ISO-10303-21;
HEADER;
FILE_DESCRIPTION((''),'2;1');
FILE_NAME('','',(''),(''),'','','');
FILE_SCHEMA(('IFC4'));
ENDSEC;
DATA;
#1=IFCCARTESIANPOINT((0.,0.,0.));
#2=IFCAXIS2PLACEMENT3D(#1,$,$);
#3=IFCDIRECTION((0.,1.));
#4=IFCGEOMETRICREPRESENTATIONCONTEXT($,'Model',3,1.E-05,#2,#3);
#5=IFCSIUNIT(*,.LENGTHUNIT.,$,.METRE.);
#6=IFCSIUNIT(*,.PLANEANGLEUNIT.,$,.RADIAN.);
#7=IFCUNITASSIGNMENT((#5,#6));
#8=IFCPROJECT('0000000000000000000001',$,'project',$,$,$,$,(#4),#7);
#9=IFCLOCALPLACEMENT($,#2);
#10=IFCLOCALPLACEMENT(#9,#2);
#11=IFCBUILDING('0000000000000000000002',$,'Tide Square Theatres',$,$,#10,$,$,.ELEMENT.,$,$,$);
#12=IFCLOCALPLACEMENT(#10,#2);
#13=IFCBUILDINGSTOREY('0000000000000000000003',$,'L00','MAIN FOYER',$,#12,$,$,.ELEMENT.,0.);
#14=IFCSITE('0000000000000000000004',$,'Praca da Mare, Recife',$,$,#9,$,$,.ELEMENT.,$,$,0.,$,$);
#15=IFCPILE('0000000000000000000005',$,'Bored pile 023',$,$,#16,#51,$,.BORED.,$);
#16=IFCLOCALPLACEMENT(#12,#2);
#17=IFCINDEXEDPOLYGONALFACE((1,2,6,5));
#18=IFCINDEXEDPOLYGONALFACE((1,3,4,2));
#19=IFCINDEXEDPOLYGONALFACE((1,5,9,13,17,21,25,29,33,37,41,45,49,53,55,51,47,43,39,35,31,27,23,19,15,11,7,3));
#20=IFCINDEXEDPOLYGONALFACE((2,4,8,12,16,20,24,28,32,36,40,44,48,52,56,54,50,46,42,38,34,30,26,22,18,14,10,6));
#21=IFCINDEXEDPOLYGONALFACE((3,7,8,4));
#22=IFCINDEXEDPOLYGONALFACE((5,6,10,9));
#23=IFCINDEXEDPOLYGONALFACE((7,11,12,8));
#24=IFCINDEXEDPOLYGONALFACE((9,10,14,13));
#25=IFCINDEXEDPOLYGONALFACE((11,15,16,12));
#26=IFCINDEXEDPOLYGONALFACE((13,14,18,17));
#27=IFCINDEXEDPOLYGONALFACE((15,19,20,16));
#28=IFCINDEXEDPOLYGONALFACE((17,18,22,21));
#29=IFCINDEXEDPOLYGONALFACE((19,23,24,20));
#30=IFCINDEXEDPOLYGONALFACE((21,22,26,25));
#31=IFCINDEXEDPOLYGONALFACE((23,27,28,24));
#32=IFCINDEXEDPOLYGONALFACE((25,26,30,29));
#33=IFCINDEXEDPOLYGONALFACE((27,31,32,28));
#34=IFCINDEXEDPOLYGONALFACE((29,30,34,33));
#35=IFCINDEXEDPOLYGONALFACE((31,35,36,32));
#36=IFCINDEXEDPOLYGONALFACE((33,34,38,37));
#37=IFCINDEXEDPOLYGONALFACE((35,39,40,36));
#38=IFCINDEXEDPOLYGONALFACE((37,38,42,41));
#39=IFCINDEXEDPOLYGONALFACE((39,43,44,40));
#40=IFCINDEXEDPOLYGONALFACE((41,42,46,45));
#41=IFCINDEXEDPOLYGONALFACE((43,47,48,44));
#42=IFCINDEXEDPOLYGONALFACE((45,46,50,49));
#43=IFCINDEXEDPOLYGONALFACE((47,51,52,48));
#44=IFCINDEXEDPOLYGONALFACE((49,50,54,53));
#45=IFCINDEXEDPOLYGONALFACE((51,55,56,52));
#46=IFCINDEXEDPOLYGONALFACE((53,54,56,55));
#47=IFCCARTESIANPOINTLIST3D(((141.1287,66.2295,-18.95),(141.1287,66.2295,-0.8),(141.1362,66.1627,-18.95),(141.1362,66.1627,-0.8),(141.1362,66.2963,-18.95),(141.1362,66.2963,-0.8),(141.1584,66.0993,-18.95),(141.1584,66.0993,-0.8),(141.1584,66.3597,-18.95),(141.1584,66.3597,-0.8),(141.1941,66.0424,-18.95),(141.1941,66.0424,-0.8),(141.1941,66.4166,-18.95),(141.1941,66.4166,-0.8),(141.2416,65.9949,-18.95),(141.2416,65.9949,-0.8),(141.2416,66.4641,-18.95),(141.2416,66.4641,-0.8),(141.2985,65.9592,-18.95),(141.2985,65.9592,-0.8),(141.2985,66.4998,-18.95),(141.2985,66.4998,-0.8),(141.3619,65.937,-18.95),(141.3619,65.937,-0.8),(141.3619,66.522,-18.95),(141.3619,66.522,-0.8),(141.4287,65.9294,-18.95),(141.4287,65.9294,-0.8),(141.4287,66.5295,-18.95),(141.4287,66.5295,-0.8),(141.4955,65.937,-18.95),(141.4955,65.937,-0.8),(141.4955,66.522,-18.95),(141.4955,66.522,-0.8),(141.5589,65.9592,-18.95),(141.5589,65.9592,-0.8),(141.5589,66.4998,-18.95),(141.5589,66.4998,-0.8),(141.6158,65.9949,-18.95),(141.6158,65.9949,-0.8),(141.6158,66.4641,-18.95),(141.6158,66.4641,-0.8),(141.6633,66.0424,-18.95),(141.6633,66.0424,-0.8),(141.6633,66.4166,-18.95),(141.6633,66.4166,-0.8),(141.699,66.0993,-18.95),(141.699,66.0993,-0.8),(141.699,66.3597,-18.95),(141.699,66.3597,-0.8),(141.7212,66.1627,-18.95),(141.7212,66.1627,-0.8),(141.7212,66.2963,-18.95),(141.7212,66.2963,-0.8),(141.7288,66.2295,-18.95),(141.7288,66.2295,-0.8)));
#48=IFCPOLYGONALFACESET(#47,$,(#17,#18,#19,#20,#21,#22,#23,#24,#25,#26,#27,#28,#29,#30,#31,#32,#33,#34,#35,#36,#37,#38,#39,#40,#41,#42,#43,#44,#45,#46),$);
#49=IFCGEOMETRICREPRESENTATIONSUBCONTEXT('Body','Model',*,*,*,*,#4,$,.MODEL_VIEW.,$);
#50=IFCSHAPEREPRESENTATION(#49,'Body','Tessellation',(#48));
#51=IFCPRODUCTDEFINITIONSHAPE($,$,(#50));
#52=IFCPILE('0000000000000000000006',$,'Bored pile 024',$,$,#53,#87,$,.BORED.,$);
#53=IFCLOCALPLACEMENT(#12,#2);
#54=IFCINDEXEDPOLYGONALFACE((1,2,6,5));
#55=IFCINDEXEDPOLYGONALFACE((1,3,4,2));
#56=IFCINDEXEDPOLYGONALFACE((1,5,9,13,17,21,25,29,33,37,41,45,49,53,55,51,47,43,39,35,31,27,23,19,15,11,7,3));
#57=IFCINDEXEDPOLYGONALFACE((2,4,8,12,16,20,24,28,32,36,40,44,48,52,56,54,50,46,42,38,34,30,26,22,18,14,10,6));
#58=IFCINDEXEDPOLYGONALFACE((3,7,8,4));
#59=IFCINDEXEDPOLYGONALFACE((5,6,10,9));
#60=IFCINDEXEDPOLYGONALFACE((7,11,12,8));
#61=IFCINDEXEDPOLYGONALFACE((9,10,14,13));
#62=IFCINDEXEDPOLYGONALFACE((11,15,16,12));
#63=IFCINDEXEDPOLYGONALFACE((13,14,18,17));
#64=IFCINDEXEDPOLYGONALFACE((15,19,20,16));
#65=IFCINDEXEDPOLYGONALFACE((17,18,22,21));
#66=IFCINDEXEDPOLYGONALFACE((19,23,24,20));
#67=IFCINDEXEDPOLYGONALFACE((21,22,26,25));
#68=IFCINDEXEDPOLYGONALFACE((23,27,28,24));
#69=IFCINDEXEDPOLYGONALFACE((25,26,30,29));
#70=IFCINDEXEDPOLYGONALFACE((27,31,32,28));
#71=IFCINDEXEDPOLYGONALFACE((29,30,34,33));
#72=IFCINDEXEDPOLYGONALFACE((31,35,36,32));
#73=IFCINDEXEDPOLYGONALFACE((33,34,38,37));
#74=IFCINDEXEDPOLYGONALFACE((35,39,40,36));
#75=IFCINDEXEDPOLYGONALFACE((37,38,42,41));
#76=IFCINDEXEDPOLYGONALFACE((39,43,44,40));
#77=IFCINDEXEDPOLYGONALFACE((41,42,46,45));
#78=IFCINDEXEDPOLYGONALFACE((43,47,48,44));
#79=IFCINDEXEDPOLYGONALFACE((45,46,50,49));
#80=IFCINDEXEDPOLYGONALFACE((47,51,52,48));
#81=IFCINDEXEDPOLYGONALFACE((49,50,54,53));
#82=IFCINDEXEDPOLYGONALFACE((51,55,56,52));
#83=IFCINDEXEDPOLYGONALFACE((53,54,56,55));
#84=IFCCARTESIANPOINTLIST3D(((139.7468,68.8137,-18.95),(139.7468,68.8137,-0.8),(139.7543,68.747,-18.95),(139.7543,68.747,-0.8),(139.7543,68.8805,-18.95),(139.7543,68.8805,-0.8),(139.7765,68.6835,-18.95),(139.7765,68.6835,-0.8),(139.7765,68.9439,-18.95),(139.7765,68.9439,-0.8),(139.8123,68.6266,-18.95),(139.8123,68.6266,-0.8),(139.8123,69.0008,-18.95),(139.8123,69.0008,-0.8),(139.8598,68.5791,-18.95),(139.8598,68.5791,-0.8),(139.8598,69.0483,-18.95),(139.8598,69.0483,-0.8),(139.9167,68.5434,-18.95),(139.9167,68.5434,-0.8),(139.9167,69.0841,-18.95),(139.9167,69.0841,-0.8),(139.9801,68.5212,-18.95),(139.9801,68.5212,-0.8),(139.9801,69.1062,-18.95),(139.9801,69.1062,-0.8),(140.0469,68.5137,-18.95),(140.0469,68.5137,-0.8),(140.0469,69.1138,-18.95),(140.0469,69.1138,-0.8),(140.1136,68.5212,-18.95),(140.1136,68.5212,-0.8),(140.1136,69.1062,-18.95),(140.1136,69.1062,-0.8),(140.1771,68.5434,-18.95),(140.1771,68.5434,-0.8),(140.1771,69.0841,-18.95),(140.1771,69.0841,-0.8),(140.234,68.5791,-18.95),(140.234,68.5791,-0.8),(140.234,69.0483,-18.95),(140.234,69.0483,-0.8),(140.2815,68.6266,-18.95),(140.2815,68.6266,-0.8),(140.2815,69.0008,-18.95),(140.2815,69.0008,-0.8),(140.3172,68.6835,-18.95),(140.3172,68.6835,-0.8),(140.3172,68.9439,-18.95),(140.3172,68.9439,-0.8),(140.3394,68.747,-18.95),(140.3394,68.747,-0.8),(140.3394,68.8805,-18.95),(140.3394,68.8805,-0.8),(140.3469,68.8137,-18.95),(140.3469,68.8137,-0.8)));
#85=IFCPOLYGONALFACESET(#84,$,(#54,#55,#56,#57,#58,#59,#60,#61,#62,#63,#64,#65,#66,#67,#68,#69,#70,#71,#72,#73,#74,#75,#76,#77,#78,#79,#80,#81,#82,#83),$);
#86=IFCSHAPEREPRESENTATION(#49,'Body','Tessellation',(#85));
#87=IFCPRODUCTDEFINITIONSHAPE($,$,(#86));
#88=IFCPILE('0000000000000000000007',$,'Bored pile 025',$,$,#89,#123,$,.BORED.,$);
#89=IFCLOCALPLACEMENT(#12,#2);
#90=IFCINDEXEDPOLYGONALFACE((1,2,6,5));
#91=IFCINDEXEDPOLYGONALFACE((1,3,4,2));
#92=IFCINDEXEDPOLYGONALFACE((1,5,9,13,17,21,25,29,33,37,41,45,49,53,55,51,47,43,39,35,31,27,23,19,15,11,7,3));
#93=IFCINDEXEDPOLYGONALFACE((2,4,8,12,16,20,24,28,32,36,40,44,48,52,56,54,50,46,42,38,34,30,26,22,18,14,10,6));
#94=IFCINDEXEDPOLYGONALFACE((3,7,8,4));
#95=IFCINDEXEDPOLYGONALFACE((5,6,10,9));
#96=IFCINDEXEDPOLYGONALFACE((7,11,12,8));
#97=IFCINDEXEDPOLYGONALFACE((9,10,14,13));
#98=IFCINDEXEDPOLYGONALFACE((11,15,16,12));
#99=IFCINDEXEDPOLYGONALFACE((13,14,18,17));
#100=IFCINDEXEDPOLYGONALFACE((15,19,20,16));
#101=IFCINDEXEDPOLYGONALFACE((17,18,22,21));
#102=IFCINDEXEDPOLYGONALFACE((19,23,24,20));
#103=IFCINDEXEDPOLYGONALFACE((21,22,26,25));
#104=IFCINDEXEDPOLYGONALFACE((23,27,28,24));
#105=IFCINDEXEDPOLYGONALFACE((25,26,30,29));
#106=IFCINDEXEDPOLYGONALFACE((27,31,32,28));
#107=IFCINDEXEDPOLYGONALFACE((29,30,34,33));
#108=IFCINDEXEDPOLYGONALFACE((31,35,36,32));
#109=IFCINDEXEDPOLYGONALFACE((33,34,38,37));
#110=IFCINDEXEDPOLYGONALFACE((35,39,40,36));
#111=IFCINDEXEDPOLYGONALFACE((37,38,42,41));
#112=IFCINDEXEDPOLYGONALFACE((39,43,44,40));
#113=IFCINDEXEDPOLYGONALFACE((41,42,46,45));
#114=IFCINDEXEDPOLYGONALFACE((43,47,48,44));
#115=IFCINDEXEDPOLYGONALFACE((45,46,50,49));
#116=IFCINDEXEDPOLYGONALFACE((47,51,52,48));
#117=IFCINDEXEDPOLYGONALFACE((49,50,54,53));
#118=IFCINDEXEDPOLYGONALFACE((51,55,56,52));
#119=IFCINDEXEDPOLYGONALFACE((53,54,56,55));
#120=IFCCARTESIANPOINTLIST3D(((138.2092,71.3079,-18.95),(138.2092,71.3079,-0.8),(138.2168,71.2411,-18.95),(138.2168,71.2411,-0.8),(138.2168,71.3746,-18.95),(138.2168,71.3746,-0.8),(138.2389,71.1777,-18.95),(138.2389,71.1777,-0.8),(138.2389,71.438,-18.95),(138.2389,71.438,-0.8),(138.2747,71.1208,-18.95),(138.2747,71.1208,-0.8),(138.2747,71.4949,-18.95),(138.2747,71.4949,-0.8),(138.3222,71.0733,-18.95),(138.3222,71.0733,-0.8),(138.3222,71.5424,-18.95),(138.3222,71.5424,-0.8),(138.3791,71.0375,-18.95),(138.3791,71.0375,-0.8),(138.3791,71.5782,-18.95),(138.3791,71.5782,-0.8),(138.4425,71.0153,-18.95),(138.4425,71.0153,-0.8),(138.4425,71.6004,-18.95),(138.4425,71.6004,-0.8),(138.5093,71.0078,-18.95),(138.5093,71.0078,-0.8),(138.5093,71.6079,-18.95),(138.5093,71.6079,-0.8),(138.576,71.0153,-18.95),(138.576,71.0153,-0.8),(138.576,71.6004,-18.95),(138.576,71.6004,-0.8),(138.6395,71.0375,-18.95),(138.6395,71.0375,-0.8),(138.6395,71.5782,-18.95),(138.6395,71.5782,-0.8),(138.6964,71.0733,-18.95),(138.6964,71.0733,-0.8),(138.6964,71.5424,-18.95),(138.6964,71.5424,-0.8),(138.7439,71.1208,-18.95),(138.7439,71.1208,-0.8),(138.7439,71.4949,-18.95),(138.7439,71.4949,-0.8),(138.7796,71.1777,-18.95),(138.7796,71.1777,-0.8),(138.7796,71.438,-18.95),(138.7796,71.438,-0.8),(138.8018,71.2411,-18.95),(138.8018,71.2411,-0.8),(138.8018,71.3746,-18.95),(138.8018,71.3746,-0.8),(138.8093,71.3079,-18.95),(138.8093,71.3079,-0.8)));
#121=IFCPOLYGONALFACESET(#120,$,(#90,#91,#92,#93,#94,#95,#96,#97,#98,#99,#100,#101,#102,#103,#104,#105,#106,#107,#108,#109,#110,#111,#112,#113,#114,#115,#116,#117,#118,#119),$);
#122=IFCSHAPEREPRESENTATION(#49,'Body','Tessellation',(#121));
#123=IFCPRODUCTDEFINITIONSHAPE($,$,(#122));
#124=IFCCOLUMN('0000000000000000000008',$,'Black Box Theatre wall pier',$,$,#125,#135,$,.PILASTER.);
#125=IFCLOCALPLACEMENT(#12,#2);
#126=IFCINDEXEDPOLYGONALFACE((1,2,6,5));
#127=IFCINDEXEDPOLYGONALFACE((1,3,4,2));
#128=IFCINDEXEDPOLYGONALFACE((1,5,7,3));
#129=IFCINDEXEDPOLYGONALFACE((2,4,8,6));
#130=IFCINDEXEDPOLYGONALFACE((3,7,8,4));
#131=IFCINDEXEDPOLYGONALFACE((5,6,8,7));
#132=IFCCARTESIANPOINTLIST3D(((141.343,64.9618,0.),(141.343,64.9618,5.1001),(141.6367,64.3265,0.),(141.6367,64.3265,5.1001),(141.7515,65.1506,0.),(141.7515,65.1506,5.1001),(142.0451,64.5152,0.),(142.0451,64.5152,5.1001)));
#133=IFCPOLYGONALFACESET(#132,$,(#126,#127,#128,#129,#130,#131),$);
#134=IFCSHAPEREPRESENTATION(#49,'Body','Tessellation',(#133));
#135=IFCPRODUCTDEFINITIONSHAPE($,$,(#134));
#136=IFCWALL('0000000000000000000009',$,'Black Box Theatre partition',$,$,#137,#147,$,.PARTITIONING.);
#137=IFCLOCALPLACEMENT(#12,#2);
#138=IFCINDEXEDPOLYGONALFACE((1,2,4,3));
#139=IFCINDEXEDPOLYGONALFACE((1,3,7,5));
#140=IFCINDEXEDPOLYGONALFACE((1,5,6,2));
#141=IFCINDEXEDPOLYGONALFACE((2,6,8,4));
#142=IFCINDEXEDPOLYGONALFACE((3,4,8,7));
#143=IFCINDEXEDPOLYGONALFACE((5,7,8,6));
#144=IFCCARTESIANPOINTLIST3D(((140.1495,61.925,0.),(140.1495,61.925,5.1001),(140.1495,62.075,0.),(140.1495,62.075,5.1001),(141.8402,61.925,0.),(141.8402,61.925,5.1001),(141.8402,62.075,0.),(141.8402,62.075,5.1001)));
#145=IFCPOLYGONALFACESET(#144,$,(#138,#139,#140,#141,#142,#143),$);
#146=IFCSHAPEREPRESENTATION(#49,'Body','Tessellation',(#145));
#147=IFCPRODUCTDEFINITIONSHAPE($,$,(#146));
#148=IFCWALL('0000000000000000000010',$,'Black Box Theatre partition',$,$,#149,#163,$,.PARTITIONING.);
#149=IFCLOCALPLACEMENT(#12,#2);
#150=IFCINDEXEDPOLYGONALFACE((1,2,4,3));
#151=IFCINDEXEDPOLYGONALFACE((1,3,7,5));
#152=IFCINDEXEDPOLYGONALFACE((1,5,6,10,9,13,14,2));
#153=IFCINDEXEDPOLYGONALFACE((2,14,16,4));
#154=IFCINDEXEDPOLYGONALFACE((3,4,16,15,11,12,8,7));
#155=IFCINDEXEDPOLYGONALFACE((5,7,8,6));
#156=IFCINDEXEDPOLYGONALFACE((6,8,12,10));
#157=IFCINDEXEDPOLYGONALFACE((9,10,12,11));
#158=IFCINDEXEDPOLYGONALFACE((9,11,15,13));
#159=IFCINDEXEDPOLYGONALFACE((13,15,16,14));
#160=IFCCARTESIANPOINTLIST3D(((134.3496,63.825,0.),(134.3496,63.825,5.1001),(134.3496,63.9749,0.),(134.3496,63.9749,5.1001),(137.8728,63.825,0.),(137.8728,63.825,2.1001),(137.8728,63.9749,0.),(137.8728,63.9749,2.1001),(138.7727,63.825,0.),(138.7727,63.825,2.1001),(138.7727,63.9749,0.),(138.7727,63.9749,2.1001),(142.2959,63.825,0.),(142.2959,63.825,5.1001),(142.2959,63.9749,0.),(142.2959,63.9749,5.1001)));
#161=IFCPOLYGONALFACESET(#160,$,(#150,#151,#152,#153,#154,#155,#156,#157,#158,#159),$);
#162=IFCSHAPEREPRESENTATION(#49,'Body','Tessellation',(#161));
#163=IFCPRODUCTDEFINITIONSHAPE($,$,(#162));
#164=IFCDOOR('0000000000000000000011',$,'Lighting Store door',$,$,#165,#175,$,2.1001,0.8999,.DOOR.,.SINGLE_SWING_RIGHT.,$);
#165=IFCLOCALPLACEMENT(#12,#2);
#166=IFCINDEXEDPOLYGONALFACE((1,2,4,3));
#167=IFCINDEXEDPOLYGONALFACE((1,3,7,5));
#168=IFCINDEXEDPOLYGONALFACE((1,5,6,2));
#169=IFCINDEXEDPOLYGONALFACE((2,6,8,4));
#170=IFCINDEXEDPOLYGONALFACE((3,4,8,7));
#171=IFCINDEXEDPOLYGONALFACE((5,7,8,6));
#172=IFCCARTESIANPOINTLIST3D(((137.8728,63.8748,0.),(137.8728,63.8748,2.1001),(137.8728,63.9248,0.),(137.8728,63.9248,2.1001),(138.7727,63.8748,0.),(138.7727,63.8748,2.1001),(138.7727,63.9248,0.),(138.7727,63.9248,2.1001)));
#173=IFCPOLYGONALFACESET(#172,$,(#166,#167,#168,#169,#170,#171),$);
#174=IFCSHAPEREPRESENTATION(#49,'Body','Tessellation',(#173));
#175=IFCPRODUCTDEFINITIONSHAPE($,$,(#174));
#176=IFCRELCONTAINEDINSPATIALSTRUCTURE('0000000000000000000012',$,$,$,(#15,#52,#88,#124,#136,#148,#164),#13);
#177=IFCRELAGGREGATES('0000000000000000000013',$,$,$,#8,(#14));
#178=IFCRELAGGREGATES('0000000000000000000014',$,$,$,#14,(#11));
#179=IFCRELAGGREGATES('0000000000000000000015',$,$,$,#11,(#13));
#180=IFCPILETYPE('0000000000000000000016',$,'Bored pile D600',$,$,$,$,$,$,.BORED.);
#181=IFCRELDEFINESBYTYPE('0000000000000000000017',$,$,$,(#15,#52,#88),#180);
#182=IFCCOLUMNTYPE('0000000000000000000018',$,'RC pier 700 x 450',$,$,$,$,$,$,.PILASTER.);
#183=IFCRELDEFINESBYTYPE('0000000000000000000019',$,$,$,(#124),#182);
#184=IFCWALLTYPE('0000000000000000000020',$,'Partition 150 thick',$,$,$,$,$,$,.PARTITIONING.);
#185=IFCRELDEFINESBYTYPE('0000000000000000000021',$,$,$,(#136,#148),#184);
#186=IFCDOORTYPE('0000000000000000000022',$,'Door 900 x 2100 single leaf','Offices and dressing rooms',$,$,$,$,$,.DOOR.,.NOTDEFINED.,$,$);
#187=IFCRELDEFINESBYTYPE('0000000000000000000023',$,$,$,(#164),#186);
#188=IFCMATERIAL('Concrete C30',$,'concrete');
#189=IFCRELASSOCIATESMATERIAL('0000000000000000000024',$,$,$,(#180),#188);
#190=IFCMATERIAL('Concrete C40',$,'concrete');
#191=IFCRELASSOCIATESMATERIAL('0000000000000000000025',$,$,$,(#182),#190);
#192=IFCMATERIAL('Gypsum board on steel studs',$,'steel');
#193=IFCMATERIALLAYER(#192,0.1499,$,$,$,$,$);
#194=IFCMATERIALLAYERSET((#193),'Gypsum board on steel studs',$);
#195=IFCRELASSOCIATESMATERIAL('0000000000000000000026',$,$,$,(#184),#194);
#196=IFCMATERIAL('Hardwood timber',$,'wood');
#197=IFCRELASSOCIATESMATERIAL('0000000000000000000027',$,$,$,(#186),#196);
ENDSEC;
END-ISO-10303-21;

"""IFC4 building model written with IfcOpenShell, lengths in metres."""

from ifc_helpers import new_model, si_unit, direction, frame, frame_2d, origin, origin_2d, place, context, subcontext, project, spatial, rectangle, circle, extrude, material, layer, layer_set, material_profile, profile_set, type_object, element, fill, save


model = new_model("IFC4")

# Units and contexts
model_context = context("Model", 3, precision=1e-05, world=origin(), true_north=direction((0.0, 1.0)))
body_context = subcontext(model_context, "Body", "Model", "MODEL_VIEW")
ifc_project = project(units=[si_unit("LENGTHUNIT", "METRE"), si_unit("PLANEANGLEUNIT", "RADIAN")], contexts=[model_context])

# Site, building, storey
site_placement = place(None, origin())
site = spatial("IfcSite", under=ifc_project, at=site_placement, Name="Praca da Mare, Recife", CompositionType="ELEMENT", RefElevation=0.0)
building_placement = place(site_placement, origin())
building = spatial("IfcBuilding", under=site, at=building_placement, Name="Tide Square Theatres", CompositionType="ELEMENT")
storey_placement = place(building_placement, origin())
storey = spatial("IfcBuildingStorey", under=building, at=storey_placement, Name="L00", Description="MAIN FOYER", CompositionType="ELEMENT", Elevation=0.0)

# Piles
ifc_material_1 = material(Name="Concrete C30", Category="concrete")
ifc_material_profile_1 = material_profile(ifc_material_1, circle(Radius=0.3, at=origin_2d()))
ifc_profile_set_1 = profile_set([ifc_material_profile_1], Name="Concrete C30")
pile_type_1 = type_object("IfcPileType", Name="Bored pile D600", PredefinedType="BORED", material=ifc_profile_set_1)
for number, where, z_axis, x_axis, name in (
    (1, (141.4287, 66.2295, -0.8), (0.0, 0.0, -1.0), (1.0, 0.0, 0.0), "Bored pile 023"),
    (2, (140.0469, 68.8137, -0.8), (0.0, 0.0, -1.0), (1.0, 0.0, 0.0), "Bored pile 024"),
    (3, (138.5093, 71.3079, -0.8), (0.0, 0.0, -1.0), (1.0, 0.0, 0.0), "Bored pile 025"),
):
    element("IfcPile", number, at=place(storey_placement, frame(where, z_axis=z_axis, x_axis=x_axis)), inside=storey, type_object=pile_type_1, Name=name, PredefinedType="BORED", context=body_context, shape_type="SweptSolid", body=[
        extrude(circle(Radius=0.3, at=origin_2d()), origin(), (0.0, 0.0, 1.0), 18.1499),
    ])

# Column
ifc_material_2 = material(Name="Concrete C40", Category="concrete")
ifc_material_profile_2 = material_profile(ifc_material_2, rectangle(XDim=0.7, YDim=0.45, at=origin_2d()))
ifc_profile_set_2 = profile_set([ifc_material_profile_2], Name="Concrete C40")
column_type = type_object("IfcColumnType", Name="RC pier 700 x 450", PredefinedType="PILASTER", material=ifc_profile_set_2)
column_placement = place(storey_placement, frame((141.6941, 64.7385, 0.0), z_axis=(0.0, 0.0, 1.0), x_axis=(-0.41956, 0.907728, 0.0)))
element("IfcColumn", 4, at=column_placement, inside=storey, type_object=column_type, Name="Black Box Theatre wall pier", PredefinedType="PILASTER", context=body_context, shape_type="SweptSolid", body=[
    extrude(rectangle(XDim=0.7, YDim=0.45, at=origin_2d()), origin(), (0.0, 0.0, 1.0), 5.1001),
])

# Wall
ifc_material_3 = material(Name="Gypsum board on steel studs", Category="steel")
ifc_layer_1 = layer(ifc_material_3, 0.1499)
ifc_layer_set_1 = layer_set([ifc_layer_1], Name="Gypsum board on steel studs")
wall_type_1 = type_object("IfcWallType", Name="Partition 150 thick", PredefinedType="PARTITIONING", material=ifc_layer_set_1)
wall_1_placement = place(storey_placement, frame((141.8401, 62.0, 0.0), z_axis=(0.0, 0.0, 1.0), x_axis=(-1.0, 0.0, 0.0)))
element("IfcWall", 5, at=wall_1_placement, inside=storey, type_object=wall_type_1, Name="Black Box Theatre partition", PredefinedType="PARTITIONING", context=body_context, shape_type="SweptSolid", body=[
    extrude(rectangle(XDim=1.6907, YDim=0.1499, at=frame_2d((0.8452, 0.0))), origin(), (0.0, 0.0, 1.0), 5.1001),
])

# Wall, opening, door
wall_2_placement = place(storey_placement, frame((134.3496, 63.8999, 0.0), z_axis=(0.0, 0.0, 1.0), x_axis=(1.0, 0.0, 0.0)))
wall_2 = element("IfcWall", 6, at=wall_2_placement, inside=storey, type_object=wall_type_1, Name="Black Box Theatre partition", PredefinedType="PARTITIONING", context=body_context, shape_type="SweptSolid", body=[
    extrude(rectangle(XDim=7.9463, YDim=0.1499, at=frame_2d((3.9731, 0.0))), origin(), (0.0, 0.0, 1.0), 5.1001),
])
opening_1_placement = place(wall_2_placement, frame((3.5232, 0.0, 0.0)))
opening_1 = element("IfcOpeningElement", 7, at=opening_1_placement, cuts=wall_2, PredefinedType="OPENING", context=body_context, shape_type="SweptSolid", body=[
    extrude(rectangle(XDim=0.8999, YDim=2.1001, at=frame_2d((0.45, 1.05))), frame((0.0, 0.085, 0.0), z_axis=(0.0, -1.0, 0.0), x_axis=(1.0, 0.0, 0.0)), (0.0, 0.0, 1.0), 0.1699),
])
ifc_material_4 = material(Name="Hardwood timber", Category="wood")
door_type_1 = type_object("IfcDoorType", Name="Door 900 x 2100 single leaf", Description="Offices and dressing rooms", OperationType="NOTDEFINED", PredefinedType="DOOR", material=ifc_material_4)
door_1_placement = place(opening_1_placement, origin())
door_1 = element("IfcDoor", 8, at=door_1_placement, inside=storey, type_object=door_type_1, Name="Lighting Store door", OperationType="SINGLE_SWING_RIGHT", OverallHeight=2.1001, OverallWidth=0.8999, PredefinedType="DOOR", context=body_context, shape_type="SweptSolid", body=[
    extrude(rectangle(XDim=0.8999, YDim=2.1001, at=frame_2d((0.45, 1.05))), frame((0.0, 0.0249, 0.0), z_axis=(0.0, -1.0, 0.0), x_axis=(1.0, 0.0, 0.0)), (0.0, 0.0, 1.0), 0.05),
])
fill(opening_1, door_1)

save(model, "model.ifc")
